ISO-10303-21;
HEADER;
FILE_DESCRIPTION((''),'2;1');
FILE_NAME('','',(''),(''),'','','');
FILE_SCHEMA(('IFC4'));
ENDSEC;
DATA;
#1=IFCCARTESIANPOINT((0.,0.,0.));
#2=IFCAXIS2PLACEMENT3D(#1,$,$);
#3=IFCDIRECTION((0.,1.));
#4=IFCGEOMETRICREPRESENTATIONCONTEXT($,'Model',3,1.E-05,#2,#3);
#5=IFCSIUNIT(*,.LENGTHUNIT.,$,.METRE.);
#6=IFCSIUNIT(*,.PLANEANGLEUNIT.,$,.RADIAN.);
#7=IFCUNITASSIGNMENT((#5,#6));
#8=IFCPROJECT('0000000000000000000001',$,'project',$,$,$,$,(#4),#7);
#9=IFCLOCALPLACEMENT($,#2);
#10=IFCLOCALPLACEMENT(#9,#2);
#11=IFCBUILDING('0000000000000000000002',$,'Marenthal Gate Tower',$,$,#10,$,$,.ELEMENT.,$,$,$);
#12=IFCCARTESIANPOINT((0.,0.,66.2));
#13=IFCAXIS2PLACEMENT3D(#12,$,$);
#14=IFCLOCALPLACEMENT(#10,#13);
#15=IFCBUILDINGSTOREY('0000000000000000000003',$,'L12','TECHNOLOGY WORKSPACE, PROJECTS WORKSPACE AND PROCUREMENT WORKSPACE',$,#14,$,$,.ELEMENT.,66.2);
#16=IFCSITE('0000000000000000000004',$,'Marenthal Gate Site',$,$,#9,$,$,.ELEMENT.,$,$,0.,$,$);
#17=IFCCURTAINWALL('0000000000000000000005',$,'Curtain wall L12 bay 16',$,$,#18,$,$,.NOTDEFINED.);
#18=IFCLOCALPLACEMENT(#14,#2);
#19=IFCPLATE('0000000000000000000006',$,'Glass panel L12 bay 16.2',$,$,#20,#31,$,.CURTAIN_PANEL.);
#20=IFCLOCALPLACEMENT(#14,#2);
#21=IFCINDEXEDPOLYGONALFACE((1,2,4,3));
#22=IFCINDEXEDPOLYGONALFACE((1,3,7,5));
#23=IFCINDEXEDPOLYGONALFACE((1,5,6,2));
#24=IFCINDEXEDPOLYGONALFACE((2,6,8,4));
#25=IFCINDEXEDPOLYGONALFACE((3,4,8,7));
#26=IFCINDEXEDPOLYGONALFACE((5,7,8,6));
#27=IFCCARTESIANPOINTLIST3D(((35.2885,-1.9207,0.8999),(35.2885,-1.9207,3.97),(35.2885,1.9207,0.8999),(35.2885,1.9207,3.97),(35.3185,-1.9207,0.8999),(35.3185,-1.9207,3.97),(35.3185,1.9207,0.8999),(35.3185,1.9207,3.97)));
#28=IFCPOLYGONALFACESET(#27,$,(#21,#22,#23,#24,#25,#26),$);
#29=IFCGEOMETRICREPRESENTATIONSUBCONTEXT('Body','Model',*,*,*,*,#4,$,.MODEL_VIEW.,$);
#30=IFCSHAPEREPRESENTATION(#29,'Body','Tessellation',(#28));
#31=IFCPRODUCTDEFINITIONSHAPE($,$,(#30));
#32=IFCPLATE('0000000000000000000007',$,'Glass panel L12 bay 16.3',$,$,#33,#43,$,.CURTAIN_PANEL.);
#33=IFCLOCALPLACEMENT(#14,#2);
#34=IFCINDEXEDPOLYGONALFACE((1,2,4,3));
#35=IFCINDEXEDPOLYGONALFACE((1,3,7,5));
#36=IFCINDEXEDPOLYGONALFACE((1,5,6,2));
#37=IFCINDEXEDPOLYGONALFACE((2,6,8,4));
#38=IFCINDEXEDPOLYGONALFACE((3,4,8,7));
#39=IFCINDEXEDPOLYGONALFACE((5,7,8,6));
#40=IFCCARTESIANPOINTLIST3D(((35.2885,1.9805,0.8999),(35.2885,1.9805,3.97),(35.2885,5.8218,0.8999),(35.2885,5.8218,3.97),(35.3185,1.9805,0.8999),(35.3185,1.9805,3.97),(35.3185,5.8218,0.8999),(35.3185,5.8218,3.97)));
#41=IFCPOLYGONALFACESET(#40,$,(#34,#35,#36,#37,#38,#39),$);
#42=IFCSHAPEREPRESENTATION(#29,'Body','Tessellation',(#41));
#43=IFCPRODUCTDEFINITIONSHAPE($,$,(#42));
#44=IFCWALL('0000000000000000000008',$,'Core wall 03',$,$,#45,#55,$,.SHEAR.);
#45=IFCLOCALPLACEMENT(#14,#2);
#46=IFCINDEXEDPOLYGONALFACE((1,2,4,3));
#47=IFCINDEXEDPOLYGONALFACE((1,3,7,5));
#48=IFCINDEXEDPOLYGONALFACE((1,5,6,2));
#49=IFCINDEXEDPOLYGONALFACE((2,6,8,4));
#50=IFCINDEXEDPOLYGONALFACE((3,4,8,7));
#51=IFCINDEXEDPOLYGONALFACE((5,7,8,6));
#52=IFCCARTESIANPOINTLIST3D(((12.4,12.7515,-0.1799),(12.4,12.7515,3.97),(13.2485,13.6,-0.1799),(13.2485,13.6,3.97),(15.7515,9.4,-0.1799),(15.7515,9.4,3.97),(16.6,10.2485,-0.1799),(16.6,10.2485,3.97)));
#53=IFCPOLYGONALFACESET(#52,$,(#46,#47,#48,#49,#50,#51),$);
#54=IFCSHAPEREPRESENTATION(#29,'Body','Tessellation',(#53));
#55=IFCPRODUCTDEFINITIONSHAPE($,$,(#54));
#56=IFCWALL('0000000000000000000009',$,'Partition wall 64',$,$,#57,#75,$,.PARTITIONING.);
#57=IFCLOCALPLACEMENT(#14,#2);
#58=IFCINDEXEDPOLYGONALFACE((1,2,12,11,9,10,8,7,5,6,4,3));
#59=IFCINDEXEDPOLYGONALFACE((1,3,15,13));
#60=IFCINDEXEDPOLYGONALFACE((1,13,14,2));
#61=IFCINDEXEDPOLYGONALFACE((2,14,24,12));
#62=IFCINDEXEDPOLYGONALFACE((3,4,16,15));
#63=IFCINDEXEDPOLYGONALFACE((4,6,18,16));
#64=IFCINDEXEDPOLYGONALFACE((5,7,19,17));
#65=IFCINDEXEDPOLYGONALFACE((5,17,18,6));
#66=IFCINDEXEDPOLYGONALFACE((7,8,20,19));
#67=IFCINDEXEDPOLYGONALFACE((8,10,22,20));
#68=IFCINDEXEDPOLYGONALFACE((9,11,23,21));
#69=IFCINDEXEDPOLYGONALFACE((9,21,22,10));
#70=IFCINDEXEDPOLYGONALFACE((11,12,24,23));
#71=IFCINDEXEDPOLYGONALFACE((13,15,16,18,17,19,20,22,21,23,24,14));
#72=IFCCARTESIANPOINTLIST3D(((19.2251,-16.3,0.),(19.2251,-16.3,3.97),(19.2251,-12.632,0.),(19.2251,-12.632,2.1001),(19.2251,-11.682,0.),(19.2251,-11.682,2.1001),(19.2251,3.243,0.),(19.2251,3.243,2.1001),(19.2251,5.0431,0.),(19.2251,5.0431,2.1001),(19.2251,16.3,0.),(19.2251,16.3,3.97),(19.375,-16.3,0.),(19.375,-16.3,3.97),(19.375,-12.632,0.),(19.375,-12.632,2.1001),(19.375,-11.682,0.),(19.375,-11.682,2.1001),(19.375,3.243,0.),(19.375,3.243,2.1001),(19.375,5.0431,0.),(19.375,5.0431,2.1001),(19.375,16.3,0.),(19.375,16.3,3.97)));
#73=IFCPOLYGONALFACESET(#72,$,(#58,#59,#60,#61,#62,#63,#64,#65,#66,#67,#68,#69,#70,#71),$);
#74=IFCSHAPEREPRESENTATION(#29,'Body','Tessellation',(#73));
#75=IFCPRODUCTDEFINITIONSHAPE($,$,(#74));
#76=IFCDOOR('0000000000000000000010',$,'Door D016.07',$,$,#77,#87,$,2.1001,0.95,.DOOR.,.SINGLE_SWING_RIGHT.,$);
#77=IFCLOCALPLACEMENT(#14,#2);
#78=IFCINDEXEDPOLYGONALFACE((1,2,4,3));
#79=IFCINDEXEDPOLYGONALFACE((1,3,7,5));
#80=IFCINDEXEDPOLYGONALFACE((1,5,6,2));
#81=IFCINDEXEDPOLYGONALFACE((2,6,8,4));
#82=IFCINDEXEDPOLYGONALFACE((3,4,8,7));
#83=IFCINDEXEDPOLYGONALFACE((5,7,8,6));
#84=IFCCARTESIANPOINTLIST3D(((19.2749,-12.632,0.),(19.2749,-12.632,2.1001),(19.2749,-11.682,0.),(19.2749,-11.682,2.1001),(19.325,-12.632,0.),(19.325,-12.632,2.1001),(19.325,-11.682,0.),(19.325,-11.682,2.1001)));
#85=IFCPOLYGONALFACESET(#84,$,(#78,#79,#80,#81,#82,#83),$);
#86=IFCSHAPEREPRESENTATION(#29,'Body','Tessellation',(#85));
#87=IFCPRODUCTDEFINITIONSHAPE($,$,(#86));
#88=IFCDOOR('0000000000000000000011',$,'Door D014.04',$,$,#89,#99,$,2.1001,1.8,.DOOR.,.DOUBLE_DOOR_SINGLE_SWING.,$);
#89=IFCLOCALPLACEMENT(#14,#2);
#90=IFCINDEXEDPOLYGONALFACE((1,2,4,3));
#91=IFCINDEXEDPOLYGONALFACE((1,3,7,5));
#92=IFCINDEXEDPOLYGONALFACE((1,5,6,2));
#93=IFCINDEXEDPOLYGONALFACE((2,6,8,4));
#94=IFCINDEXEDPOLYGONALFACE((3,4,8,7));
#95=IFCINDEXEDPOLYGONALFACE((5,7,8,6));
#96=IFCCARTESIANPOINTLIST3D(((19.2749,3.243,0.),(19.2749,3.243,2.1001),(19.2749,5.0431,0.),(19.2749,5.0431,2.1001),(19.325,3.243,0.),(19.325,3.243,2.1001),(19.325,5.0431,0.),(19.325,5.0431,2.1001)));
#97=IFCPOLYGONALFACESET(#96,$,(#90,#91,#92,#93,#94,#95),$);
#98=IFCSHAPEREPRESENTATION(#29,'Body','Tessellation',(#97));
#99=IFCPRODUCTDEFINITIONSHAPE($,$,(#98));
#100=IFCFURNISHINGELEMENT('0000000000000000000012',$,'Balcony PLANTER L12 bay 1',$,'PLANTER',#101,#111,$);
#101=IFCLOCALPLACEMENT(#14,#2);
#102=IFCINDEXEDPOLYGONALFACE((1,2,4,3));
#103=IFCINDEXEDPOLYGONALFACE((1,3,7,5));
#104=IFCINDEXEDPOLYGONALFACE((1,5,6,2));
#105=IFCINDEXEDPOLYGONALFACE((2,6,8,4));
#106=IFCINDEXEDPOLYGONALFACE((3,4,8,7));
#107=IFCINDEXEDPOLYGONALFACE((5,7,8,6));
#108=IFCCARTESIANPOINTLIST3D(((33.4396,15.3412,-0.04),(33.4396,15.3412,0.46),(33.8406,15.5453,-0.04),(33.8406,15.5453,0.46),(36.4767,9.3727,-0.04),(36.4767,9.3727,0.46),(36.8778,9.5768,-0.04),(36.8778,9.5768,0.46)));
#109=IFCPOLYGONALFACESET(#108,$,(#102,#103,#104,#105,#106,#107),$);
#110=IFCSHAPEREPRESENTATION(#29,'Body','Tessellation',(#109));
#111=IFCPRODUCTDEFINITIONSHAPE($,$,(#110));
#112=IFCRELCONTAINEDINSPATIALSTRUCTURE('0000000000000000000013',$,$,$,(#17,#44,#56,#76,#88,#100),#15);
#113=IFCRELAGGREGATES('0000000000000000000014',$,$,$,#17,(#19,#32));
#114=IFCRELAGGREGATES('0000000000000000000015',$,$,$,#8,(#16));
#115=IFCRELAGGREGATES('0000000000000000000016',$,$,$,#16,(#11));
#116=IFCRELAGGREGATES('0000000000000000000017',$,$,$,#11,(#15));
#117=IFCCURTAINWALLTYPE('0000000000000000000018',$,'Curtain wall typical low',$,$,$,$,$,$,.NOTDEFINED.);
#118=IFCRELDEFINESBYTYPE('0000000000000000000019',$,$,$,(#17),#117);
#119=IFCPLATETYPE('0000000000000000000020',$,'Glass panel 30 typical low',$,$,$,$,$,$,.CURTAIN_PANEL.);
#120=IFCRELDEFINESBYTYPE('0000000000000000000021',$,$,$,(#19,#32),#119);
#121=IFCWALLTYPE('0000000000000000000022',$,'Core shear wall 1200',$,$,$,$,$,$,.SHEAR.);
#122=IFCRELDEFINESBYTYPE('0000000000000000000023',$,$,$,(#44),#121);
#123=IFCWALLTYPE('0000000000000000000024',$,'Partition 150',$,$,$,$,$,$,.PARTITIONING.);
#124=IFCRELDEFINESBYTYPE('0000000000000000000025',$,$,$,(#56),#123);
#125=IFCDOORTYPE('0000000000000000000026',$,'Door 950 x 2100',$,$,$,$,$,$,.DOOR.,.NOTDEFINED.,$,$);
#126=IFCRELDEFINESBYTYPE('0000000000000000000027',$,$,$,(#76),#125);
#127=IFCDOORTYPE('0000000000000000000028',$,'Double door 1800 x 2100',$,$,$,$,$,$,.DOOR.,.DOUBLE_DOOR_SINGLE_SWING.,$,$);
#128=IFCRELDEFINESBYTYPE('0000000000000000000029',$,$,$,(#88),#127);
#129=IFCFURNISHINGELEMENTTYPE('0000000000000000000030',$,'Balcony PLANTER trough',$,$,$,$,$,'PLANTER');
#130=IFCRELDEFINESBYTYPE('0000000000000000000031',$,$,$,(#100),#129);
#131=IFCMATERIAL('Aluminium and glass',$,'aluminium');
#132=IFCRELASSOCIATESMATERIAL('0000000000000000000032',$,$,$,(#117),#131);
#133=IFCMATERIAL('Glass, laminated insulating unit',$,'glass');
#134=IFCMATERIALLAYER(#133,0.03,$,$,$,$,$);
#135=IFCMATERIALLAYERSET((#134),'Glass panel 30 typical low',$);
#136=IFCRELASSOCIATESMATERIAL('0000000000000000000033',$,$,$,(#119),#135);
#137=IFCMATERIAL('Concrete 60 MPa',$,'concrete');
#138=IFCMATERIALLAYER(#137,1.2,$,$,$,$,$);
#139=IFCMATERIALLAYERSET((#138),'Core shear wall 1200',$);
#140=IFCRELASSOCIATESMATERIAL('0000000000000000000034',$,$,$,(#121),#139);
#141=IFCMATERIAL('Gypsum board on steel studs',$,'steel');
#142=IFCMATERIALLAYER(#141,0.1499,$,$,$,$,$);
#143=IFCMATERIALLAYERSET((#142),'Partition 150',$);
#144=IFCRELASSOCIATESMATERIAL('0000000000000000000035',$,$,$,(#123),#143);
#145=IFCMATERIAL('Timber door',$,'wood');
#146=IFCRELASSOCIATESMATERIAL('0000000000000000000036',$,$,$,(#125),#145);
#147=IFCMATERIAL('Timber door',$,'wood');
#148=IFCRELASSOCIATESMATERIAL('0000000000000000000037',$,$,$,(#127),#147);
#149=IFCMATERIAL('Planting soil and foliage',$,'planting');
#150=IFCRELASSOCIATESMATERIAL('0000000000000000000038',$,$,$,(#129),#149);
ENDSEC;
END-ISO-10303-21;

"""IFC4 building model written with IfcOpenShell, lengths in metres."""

from ifc_helpers import new_model, si_unit, direction, frame, frame_2d, origin, origin_2d, place, context, subcontext, project, spatial, rectangle, extrude, material, layer, layer_set, type_object, element, fill, aggregate, save


model = new_model("IFC4")

# Units and contexts
model_context = context("Model", 3, precision=1e-05, world=origin(), true_north=direction((0.0, 1.0)))
body_context = subcontext(model_context, "Body", "Model", "MODEL_VIEW")
ifc_project = project(units=[si_unit("LENGTHUNIT", "METRE"), si_unit("PLANEANGLEUNIT", "RADIAN")], contexts=[model_context])

# Site, building, storey
site_placement = place(None, origin())
site = spatial("IfcSite", under=ifc_project, at=site_placement, Name="Marenthal Gate Site", CompositionType="ELEMENT", RefElevation=0.0)
building_placement = place(site_placement, origin())
building = spatial("IfcBuilding", under=site, at=building_placement, Name="Marenthal Gate Tower", CompositionType="ELEMENT")
storey_placement = place(building_placement, frame((0.0, 0.0, 66.2)))
storey = spatial("IfcBuildingStorey", under=building, at=storey_placement, Name="L12", Description="TECHNOLOGY WORKSPACE, PROJECTS WORKSPACE AND PROCUREMENT WORKSPACE", CompositionType="ELEMENT", Elevation=66.2)

# Curtain wall
ifc_material_1 = material(Name="Aluminium and glass", Category="aluminium")
curtain_wall_type = type_object("IfcCurtainWallType", Name="Curtain wall typical low", PredefinedType="NOTDEFINED", material=ifc_material_1)
curtain_wall_placement = place(storey_placement, origin())
curtain_wall = element("IfcCurtainWall", 1, at=curtain_wall_placement, inside=storey, type_object=curtain_wall_type, Name="Curtain wall L12 bay 16", PredefinedType="NOTDEFINED")

# Plates
ifc_material_2 = material(Name="Glass, laminated insulating unit", Category="glass")
ifc_layer_1 = layer(ifc_material_2, 0.03)
ifc_layer_set_1 = layer_set([ifc_layer_1], Name="Glass panel 30 typical low")
plate_type = type_object("IfcPlateType", Name="Glass panel 30 typical low", PredefinedType="CURTAIN_PANEL", material=ifc_layer_set_1)
plate_1_placement = place(storey_placement, frame((35.3035, 0.0, 0.8999), z_axis=(0.0, 0.0, 1.0), x_axis=(0.0, 1.0, 0.0)))
plate_1 = element("IfcPlate", 2, at=plate_1_placement, type_object=plate_type, Name="Glass panel L12 bay 16.2", PredefinedType="CURTAIN_PANEL", context=body_context, shape_type="SweptSolid", body=[
    extrude(rectangle(XDim=3.8413, YDim=0.03, at=origin_2d()), origin(), (0.0, 0.0, 1.0), 3.0701),
])
plate_2_placement = place(storey_placement, frame((35.3035, 3.9011, 0.8999), z_axis=(0.0, 0.0, 1.0), x_axis=(0.0, 1.0, 0.0)))
plate_2 = element("IfcPlate", 3, at=plate_2_placement, type_object=plate_type, Name="Glass panel L12 bay 16.3", PredefinedType="CURTAIN_PANEL", context=body_context, shape_type="SweptSolid", body=[
    extrude(rectangle(XDim=3.8413, YDim=0.03, at=origin_2d()), origin(), (0.0, 0.0, 1.0), 3.0701),
])
aggregate(curtain_wall, [plate_1, plate_2])

# Wall
ifc_material_3 = material(Name="Concrete 60 MPa", Category="concrete")
ifc_layer_2 = layer(ifc_material_3, 1.2)
ifc_layer_set_2 = layer_set([ifc_layer_2], Name="Core shear wall 1200")
wall_type_1 = type_object("IfcWallType", Name="Core shear wall 1200", PredefinedType="SHEAR", material=ifc_layer_set_2)
wall_1_placement = place(storey_placement, frame((16.1758, 9.8242, -0.1799), z_axis=(0.0, 0.0, 1.0), x_axis=(-0.707107, 0.707107, 0.0)))
element("IfcWall", 4, at=wall_1_placement, inside=storey, type_object=wall_type_1, Name="Core wall 03", PredefinedType="SHEAR", context=body_context, shape_type="SweptSolid", body=[
    extrude(rectangle(XDim=4.7397, YDim=1.2, at=frame_2d((2.3699, 0.0))), origin(), (0.0, 0.0, 1.0), 4.1499),
])

# Wall, openings, doors
ifc_material_4 = material(Name="Gypsum board on steel studs", Category="steel")
ifc_layer_3 = layer(ifc_material_4, 0.1499)
ifc_layer_set_3 = layer_set([ifc_layer_3], Name="Partition 150")
wall_type_2 = type_object("IfcWallType", Name="Partition 150", PredefinedType="PARTITIONING", material=ifc_layer_set_3)
wall_2_placement = place(storey_placement, frame((19.3, 16.3, 0.0), z_axis=(0.0, 0.0, 1.0), x_axis=(0.0, -1.0, 0.0)))
wall_2 = element("IfcWall", 5, at=wall_2_placement, inside=storey, type_object=wall_type_2, Name="Partition wall 64", PredefinedType="PARTITIONING", context=body_context, shape_type="SweptSolid", body=[
    extrude(rectangle(XDim=32.6001, YDim=0.1499, at=frame_2d((16.3, 0.0))), origin(), (0.0, 0.0, 1.0), 3.97),
])
opening_1_placement = place(wall_2_placement, frame((27.9819, 0.0, 0.0)))
opening_1 = element("IfcOpeningElement", 6, at=opening_1_placement, cuts=wall_2, PredefinedType="OPENING", context=body_context, shape_type="SweptSolid", body=[
    extrude(rectangle(XDim=0.95, YDim=2.1001, at=frame_2d((0.4751, 1.05))), frame((0.0, 0.085, 0.0), z_axis=(0.0, -1.0, 0.0), x_axis=(1.0, 0.0, 0.0)), (0.0, 0.0, 1.0), 0.1699),
])
opening_2_placement = place(wall_2_placement, frame((11.2571, 0.0, 0.0)))
opening_2 = element("IfcOpeningElement", 7, at=opening_2_placement, cuts=wall_2, PredefinedType="OPENING", context=body_context, shape_type="SweptSolid", body=[
    extrude(rectangle(XDim=1.8, YDim=2.1001, at=frame_2d((0.8999, 1.05))), frame((0.0, 0.085, 0.0), z_axis=(0.0, -1.0, 0.0), x_axis=(1.0, 0.0, 0.0)), (0.0, 0.0, 1.0), 0.1699),
])
ifc_material_5 = material(Name="Timber door", Category="wood")
door_type_1 = type_object("IfcDoorType", Name="Door 950 x 2100", OperationType="NOTDEFINED", PredefinedType="DOOR", material=ifc_material_5)
door_1_placement = place(opening_1_placement, origin())
door_1 = element("IfcDoor", 8, at=door_1_placement, inside=storey, type_object=door_type_1, Name="Door D016.07", OperationType="SINGLE_SWING_RIGHT", OverallHeight=2.1001, OverallWidth=0.95, PredefinedType="DOOR", context=body_context, shape_type="SweptSolid", body=[
    extrude(rectangle(XDim=0.95, YDim=2.1001, at=frame_2d((0.4751, 1.05))), frame((0.0, 0.0249, 0.0), z_axis=(0.0, -1.0, 0.0), x_axis=(1.0, 0.0, 0.0)), (0.0, 0.0, 1.0), 0.05),
])
fill(opening_1, door_1)
ifc_material_6 = material(Name="Timber door", Category="wood")
door_type_2 = type_object("IfcDoorType", Name="Double door 1800 x 2100", OperationType="DOUBLE_DOOR_SINGLE_SWING", PredefinedType="DOOR", material=ifc_material_6)
door_2_placement = place(opening_2_placement, origin())
door_2 = element("IfcDoor", 9, at=door_2_placement, inside=storey, type_object=door_type_2, Name="Door D014.04", OperationType="DOUBLE_DOOR_SINGLE_SWING", OverallHeight=2.1001, OverallWidth=1.8, PredefinedType="DOOR", context=body_context, shape_type="SweptSolid", body=[
    extrude(rectangle(XDim=1.8, YDim=2.1001, at=frame_2d((0.8999, 1.05))), frame((0.0, 0.0249, 0.0), z_axis=(0.0, -1.0, 0.0), x_axis=(1.0, 0.0, 0.0)), (0.0, 0.0, 1.0), 0.05),
])
fill(opening_2, door_2)

# Furnishing element
ifc_material_7 = material(Name="Planting soil and foliage", Category="planting")
furnishing_element_type = type_object("IfcFurnishingElementType", Name="Balcony PLANTER trough", ElementType="PLANTER", material=ifc_material_7)
furnishing_placement = place(storey_placement, frame((35.1587, 12.459, -0.04), z_axis=(0.0, 0.0, 1.0), x_axis=(-0.453518, 0.891247, 0.0)))
element("IfcFurnishingElement", 10, at=furnishing_placement, inside=storey, type_object=furnishing_element_type, Name="Balcony PLANTER L12 bay 1", ObjectType="PLANTER", context=body_context, shape_type="SweptSolid", body=[
    extrude(rectangle(XDim=6.6968, YDim=0.45, at=origin_2d()), origin(), (0.0, 0.0, 1.0), 0.5),
])

save(model, "model.ifc")
